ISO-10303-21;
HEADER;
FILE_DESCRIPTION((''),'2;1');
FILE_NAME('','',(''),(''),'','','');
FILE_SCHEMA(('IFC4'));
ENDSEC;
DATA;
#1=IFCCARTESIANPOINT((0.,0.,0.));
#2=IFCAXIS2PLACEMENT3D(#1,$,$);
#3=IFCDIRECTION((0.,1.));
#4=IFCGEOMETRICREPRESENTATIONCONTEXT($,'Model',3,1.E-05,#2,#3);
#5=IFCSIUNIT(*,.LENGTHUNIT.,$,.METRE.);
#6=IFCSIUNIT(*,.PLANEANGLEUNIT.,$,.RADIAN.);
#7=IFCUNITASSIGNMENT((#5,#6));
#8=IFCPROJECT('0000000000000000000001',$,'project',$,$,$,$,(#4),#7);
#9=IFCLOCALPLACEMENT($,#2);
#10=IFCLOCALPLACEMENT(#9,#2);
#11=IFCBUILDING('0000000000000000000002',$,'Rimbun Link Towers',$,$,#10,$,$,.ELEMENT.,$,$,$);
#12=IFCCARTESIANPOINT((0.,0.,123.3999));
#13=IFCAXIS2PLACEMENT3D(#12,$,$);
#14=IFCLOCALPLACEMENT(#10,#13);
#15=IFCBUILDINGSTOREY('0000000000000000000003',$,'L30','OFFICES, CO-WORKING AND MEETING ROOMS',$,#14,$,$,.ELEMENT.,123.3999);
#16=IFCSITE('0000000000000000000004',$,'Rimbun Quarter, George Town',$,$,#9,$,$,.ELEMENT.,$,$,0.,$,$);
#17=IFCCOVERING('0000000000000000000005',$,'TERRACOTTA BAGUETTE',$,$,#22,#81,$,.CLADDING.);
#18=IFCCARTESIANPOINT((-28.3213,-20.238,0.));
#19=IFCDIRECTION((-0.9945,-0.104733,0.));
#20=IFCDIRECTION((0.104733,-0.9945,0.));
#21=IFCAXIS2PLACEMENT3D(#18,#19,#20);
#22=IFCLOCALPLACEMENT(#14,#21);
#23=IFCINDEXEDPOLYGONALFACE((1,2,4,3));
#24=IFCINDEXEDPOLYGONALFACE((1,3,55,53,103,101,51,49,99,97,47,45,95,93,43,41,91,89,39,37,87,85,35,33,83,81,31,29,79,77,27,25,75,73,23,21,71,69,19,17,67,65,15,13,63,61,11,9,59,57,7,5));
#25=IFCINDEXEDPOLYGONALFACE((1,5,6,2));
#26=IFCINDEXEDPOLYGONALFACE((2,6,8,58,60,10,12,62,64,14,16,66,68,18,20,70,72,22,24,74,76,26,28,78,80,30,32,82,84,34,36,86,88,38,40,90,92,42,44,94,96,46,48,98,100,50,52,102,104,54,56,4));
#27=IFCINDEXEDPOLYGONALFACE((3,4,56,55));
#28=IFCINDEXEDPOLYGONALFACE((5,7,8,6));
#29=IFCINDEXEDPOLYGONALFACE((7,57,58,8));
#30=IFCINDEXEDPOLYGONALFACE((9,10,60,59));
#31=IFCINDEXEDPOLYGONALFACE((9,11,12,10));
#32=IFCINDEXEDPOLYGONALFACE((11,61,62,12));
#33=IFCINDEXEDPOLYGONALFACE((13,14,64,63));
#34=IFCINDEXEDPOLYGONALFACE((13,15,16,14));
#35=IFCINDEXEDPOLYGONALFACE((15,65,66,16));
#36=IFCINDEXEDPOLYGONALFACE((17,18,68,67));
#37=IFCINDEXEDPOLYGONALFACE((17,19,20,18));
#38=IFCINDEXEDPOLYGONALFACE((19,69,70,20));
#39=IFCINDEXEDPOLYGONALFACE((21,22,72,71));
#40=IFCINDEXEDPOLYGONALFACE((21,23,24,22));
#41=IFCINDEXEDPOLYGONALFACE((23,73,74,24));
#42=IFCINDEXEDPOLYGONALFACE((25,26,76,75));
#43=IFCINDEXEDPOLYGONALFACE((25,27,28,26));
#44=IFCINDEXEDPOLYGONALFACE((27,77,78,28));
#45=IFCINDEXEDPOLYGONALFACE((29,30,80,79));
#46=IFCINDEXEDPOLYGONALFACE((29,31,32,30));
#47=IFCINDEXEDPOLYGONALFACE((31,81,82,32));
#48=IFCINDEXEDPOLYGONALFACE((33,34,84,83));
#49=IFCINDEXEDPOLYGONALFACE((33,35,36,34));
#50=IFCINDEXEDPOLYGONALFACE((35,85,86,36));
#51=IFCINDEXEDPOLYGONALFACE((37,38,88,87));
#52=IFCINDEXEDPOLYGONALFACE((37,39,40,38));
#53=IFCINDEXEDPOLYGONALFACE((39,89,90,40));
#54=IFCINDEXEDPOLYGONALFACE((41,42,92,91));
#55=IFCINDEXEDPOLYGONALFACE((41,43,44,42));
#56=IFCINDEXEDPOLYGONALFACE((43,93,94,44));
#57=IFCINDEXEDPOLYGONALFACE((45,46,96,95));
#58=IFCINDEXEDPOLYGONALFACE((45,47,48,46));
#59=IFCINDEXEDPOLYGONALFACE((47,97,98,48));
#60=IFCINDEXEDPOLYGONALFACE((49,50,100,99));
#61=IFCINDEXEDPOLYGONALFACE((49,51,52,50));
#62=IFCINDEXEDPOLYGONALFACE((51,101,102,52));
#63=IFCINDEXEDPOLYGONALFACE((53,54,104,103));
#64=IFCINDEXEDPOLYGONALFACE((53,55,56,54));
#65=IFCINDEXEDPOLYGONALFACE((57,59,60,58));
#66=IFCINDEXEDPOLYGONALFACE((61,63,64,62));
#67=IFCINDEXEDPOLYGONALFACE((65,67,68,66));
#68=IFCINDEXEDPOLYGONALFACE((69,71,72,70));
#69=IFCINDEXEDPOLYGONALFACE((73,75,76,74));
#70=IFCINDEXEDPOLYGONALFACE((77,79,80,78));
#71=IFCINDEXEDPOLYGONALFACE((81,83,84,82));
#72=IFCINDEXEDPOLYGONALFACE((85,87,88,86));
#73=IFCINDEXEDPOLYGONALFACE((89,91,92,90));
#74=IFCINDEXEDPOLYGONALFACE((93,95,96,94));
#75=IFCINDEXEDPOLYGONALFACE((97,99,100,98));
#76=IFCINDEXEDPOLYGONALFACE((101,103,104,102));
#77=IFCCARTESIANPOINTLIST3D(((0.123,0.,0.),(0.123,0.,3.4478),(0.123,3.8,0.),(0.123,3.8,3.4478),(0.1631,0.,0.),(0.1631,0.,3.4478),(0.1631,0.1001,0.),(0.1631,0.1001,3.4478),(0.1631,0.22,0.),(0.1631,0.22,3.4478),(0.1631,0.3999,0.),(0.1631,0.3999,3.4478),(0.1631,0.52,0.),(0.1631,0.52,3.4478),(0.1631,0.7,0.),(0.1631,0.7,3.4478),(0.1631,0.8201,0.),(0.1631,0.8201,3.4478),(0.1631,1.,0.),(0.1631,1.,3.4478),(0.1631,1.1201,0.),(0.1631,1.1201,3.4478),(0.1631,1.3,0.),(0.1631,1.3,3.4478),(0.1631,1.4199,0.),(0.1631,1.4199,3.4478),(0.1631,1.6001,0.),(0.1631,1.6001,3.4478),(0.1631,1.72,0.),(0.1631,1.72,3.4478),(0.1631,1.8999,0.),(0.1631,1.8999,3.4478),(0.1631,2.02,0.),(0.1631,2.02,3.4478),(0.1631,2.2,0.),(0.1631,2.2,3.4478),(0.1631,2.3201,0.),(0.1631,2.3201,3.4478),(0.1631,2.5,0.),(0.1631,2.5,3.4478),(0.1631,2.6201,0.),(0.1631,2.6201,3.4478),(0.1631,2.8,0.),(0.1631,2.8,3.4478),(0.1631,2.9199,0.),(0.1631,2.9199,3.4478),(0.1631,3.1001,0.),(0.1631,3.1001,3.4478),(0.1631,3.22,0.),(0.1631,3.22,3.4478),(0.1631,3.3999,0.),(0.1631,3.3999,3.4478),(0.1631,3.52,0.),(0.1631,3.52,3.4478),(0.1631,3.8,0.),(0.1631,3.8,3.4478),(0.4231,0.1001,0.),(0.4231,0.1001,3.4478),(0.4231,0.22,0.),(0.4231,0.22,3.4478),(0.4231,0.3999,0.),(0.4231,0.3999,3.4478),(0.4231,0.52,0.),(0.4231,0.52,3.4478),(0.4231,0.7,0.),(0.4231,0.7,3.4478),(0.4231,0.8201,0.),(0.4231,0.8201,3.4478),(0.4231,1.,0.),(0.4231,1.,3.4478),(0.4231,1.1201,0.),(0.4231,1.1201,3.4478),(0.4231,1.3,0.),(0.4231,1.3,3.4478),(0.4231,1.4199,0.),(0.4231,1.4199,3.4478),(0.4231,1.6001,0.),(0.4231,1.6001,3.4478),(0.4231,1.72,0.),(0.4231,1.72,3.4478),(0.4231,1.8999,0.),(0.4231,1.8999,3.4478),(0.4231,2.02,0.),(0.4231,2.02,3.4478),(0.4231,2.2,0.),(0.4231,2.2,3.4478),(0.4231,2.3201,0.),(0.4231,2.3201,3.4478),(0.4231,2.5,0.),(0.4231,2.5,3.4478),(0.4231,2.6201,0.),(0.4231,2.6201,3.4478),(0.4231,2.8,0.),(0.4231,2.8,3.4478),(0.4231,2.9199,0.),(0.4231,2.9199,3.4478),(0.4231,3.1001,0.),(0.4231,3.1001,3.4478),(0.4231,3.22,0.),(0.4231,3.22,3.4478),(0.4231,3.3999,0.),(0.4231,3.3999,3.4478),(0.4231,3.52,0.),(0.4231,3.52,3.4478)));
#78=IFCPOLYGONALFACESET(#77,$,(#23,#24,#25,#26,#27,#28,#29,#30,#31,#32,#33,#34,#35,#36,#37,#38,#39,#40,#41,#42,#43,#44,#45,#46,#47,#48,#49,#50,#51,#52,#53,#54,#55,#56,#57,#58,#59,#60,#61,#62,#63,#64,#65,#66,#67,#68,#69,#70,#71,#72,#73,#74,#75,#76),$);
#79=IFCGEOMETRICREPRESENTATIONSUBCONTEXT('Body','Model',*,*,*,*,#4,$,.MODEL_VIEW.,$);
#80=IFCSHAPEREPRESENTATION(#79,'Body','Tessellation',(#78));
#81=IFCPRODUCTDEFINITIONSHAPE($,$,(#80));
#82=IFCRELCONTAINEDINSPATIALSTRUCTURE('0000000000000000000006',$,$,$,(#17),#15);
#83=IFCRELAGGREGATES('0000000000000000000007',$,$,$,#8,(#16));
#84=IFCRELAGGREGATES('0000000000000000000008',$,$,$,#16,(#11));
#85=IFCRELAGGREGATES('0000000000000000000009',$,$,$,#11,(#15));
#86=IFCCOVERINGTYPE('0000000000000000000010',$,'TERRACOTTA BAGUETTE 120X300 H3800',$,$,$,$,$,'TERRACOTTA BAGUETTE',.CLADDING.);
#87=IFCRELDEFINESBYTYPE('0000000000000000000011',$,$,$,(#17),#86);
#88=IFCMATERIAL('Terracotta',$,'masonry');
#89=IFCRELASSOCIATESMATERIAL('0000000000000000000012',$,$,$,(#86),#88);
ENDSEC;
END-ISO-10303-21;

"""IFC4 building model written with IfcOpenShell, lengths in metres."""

from ifc_helpers import new_model, si_unit, direction, frame, origin, place, context, subcontext, project, spatial, polyline, outline, extrude, material, material_profile, profile_set, type_object, element, save


model = new_model("IFC4")

# Units and contexts
model_context = context("Model", 3, precision=1e-05, world=origin(), true_north=direction((0.0, 1.0)))
body_context = subcontext(model_context, "Body", "Model", "MODEL_VIEW")
ifc_project = project(units=[si_unit("LENGTHUNIT", "METRE"), si_unit("PLANEANGLEUNIT", "RADIAN")], contexts=[model_context])

# Site, building, storey
site_placement = place(None, origin())
site = spatial("IfcSite", under=ifc_project, at=site_placement, Name="Rimbun Quarter, George Town", CompositionType="ELEMENT", RefElevation=0.0)
building_placement = place(site_placement, origin())
building = spatial("IfcBuilding", under=site, at=building_placement, Name="Rimbun Link Towers", CompositionType="ELEMENT")
storey_placement = place(building_placement, frame((0.0, 0.0, 123.3999)))
storey = spatial("IfcBuildingStorey", under=building, at=storey_placement, Name="L30", Description="OFFICES, CO-WORKING AND MEETING ROOMS", CompositionType="ELEMENT", Elevation=123.3999)

# Covering
ifc_material_1 = material(Name="Terracotta", Category="masonry")
ifc_material_profile_1 = material_profile(ifc_material_1, outline(polyline([(0.123, 0.0), (0.1631, 0.0), (0.1631, 0.1001), (0.4231, 0.1001), (0.4231, 0.22), (0.1631, 0.22), (0.1631, 0.3999), (0.4231, 0.3999), (0.4231, 0.52), (0.1631, 0.52), (0.1631, 0.7), (0.4231, 0.7), (0.4231, 0.8201), (0.1631, 0.8201), (0.1631, 1.0), (0.4231, 1.0), (0.4231, 1.1201), (0.1631, 1.1201), (0.1631, 1.3), (0.4231, 1.3), (0.4231, 1.4199), (0.1631, 1.4199), (0.1631, 1.6001), (0.4231, 1.6001), (0.4231, 1.72), (0.1631, 1.72), (0.1631, 1.8999), (0.4231, 1.8999), (0.4231, 2.02), (0.1631, 2.02), (0.1631, 2.2), (0.4231, 2.2), (0.4231, 2.3201), (0.1631, 2.3201), (0.1631, 2.5), (0.4231, 2.5), (0.4231, 2.6201), (0.1631, 2.6201), (0.1631, 2.8), (0.4231, 2.8), (0.4231, 2.9199), (0.1631, 2.9199), (0.1631, 3.1001), (0.4231, 3.1001), (0.4231, 3.22), (0.1631, 3.22), (0.1631, 3.3999), (0.4231, 3.3999), (0.4231, 3.52), (0.1631, 3.52), (0.1631, 3.8), (0.123, 3.8), (0.123, 0.0)])), Name="BAGUETTE 120X300")
ifc_profile_set_1 = profile_set([ifc_material_profile_1], Name="Terracotta")
covering_type = type_object("IfcCoveringType", Name="TERRACOTTA BAGUETTE 120X300 H3800", ElementType="TERRACOTTA BAGUETTE", PredefinedType="CLADDING", material=ifc_profile_set_1)
for number, where, z_axis, x_axis, name in (
    (1, (-28.3213, -20.238, 0.0), (-0.9945, -0.104733, 0.0), (0.104733, -0.9945, 0.0), "TERRACOTTA BAGUETTE"),
):
    element("IfcCovering", number, at=place(storey_placement, frame(where, z_axis=z_axis, x_axis=x_axis)), inside=storey, type_object=covering_type, Name=name, PredefinedType="CLADDING", context=body_context, shape_type="SweptSolid", body=[
        extrude(outline(polyline([(0.123, 0.0), (0.1631, 0.0), (0.1631, 0.1001), (0.4231, 0.1001), (0.4231, 0.22), (0.1631, 0.22), (0.1631, 0.3999), (0.4231, 0.3999), (0.4231, 0.52), (0.1631, 0.52), (0.1631, 0.7), (0.4231, 0.7), (0.4231, 0.8201), (0.1631, 0.8201), (0.1631, 1.0), (0.4231, 1.0), (0.4231, 1.1201), (0.1631, 1.1201), (0.1631, 1.3), (0.4231, 1.3), (0.4231, 1.4199), (0.1631, 1.4199), (0.1631, 1.6001), (0.4231, 1.6001), (0.4231, 1.72), (0.1631, 1.72), (0.1631, 1.8999), (0.4231, 1.8999), (0.4231, 2.02), (0.1631, 2.02), (0.1631, 2.2), (0.4231, 2.2), (0.4231, 2.3201), (0.1631, 2.3201), (0.1631, 2.5), (0.4231, 2.5), (0.4231, 2.6201), (0.1631, 2.6201), (0.1631, 2.8), (0.4231, 2.8), (0.4231, 2.9199), (0.1631, 2.9199), (0.1631, 3.1001), (0.4231, 3.1001), (0.4231, 3.22), (0.1631, 3.22), (0.1631, 3.3999), (0.4231, 3.3999), (0.4231, 3.52), (0.1631, 3.52), (0.1631, 3.8), (0.123, 3.8), (0.123, 0.0)])), origin(), (0.0, 0.0, 1.0), 3.4478),
    ])

save(model, "model.ifc")
